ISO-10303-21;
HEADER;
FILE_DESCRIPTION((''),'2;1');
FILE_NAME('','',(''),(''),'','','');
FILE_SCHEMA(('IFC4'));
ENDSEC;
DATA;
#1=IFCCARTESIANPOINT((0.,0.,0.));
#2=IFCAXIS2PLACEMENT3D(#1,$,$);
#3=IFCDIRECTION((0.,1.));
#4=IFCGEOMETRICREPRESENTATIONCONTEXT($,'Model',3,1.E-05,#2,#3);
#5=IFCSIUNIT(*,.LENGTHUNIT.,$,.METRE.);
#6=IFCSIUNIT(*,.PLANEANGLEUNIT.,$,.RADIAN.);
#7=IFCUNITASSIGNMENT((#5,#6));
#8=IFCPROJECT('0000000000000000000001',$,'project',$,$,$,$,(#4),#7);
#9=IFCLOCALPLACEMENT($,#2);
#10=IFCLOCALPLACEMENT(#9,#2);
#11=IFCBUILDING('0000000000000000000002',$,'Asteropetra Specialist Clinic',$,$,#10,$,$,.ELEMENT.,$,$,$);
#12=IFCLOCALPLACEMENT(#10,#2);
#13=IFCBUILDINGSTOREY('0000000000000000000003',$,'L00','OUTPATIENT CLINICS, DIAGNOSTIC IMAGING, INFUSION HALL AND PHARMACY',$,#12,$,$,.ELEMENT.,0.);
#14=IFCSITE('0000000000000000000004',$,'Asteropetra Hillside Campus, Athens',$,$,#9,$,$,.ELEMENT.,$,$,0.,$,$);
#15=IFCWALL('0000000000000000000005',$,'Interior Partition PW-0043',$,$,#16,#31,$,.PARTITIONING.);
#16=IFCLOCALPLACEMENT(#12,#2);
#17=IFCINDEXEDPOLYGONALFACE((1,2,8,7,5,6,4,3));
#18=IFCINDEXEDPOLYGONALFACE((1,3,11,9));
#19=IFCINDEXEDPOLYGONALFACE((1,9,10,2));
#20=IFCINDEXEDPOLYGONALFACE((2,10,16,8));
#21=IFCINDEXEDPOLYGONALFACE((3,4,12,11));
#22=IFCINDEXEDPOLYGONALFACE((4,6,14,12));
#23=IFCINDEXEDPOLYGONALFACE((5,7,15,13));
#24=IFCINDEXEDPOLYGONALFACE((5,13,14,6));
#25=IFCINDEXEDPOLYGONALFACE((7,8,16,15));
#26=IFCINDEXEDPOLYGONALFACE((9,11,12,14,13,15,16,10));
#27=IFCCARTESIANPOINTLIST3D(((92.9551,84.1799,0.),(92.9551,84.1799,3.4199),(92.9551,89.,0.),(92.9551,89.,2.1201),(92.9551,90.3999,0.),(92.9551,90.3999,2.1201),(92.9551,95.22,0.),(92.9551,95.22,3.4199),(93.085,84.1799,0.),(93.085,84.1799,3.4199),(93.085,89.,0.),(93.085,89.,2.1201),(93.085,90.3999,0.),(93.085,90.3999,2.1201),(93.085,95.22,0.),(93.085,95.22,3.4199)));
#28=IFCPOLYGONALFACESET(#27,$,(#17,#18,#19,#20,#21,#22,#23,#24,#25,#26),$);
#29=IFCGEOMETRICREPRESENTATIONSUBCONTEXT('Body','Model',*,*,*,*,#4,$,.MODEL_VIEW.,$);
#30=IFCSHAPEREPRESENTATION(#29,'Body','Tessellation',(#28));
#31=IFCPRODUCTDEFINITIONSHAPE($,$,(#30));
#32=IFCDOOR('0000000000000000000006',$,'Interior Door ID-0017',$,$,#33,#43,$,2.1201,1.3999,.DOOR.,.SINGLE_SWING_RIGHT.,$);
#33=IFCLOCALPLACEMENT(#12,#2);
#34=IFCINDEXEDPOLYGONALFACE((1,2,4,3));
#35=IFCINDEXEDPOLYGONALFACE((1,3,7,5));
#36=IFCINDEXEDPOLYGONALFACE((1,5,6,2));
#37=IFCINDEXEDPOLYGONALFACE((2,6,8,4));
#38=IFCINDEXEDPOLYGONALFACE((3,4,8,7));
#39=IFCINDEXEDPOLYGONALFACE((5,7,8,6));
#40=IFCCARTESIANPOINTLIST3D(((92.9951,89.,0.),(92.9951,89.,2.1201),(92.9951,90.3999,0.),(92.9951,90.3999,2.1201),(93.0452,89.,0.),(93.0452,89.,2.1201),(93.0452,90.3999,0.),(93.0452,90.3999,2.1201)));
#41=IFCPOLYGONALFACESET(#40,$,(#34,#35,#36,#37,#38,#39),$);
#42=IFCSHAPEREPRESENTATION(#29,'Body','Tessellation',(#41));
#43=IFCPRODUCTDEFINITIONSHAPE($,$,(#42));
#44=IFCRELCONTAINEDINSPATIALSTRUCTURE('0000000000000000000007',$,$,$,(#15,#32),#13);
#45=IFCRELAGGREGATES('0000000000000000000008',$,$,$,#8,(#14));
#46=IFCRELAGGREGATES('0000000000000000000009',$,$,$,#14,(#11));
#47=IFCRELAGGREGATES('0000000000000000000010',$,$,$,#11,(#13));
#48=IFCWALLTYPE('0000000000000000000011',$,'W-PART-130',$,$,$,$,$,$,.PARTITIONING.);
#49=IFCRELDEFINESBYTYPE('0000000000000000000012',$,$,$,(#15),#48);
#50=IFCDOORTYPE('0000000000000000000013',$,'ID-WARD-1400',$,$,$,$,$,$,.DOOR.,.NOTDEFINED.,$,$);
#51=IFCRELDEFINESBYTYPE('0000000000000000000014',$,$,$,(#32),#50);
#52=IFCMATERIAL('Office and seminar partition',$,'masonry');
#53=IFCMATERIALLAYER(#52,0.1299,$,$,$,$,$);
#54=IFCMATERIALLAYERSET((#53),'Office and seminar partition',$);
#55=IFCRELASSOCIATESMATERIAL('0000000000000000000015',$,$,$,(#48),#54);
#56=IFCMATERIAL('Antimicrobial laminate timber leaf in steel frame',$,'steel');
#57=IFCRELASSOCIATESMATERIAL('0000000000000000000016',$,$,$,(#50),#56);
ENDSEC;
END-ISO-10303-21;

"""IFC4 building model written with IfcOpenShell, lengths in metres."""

from ifc_helpers import new_model, si_unit, direction, frame, frame_2d, origin, place, context, subcontext, project, spatial, rectangle, extrude, material, layer, layer_set, type_object, element, fill, save


model = new_model("IFC4")

# Units and contexts
model_context = context("Model", 3, precision=1e-05, world=origin(), true_north=direction((0.0, 1.0)))
body_context = subcontext(model_context, "Body", "Model", "MODEL_VIEW")
ifc_project = project(units=[si_unit("LENGTHUNIT", "METRE"), si_unit("PLANEANGLEUNIT", "RADIAN")], contexts=[model_context])

# Site, building, storey
site_placement = place(None, origin())
site = spatial("IfcSite", under=ifc_project, at=site_placement, Name="Asteropetra Hillside Campus, Athens", CompositionType="ELEMENT", RefElevation=0.0)
building_placement = place(site_placement, origin())
building = spatial("IfcBuilding", under=site, at=building_placement, Name="Asteropetra Specialist Clinic", CompositionType="ELEMENT")
storey_placement = place(building_placement, origin())
storey = spatial("IfcBuildingStorey", under=building, at=storey_placement, Name="L00", Description="OUTPATIENT CLINICS, DIAGNOSTIC IMAGING, INFUSION HALL AND PHARMACY", CompositionType="ELEMENT", Elevation=0.0)

# Wall, opening, door
ifc_material_1 = material(Name="Office and seminar partition", Category="masonry")
ifc_layer_1 = layer(ifc_material_1, 0.1299)
ifc_layer_set_1 = layer_set([ifc_layer_1], Name="Office and seminar partition")
wall_type = type_object("IfcWallType", Name="W-PART-130", PredefinedType="PARTITIONING", material=ifc_layer_set_1)
wall_placement = place(storey_placement, frame((93.02, 84.1799, 0.0), z_axis=(0.0, 0.0, 1.0), x_axis=(0.0, 1.0, 0.0)))
wall = element("IfcWall", 1, at=wall_placement, inside=storey, type_object=wall_type, Name="Interior Partition PW-0043", PredefinedType="PARTITIONING", context=body_context, shape_type="SweptSolid", body=[
    extrude(rectangle(XDim=11.04, YDim=0.1299, at=frame_2d((5.52, 0.0))), origin(), (0.0, 0.0, 1.0), 3.4199),
])
opening_placement = place(wall_placement, frame((4.8201, 0.0, 0.0)))
opening = element("IfcOpeningElement", 2, at=opening_placement, cuts=wall, PredefinedType="OPENING", context=body_context, shape_type="SweptSolid", body=[
    extrude(rectangle(XDim=1.3999, YDim=2.1201, at=frame_2d((0.7, 1.0601))), frame((0.0, 0.075, 0.0), z_axis=(0.0, -1.0, 0.0), x_axis=(1.0, 0.0, 0.0)), (0.0, 0.0, 1.0), 0.1499),
])
ifc_material_2 = material(Name="Antimicrobial laminate timber leaf in steel frame", Category="steel")
door_type = type_object("IfcDoorType", Name="ID-WARD-1400", OperationType="NOTDEFINED", PredefinedType="DOOR", material=ifc_material_2)
door_placement = place(opening_placement, origin())
door = element("IfcDoor", 3, at=door_placement, inside=storey, type_object=door_type, Name="Interior Door ID-0017", OperationType="SINGLE_SWING_RIGHT", OverallHeight=2.1201, OverallWidth=1.3999, PredefinedType="DOOR", context=body_context, shape_type="SweptSolid", body=[
    extrude(rectangle(XDim=1.3999, YDim=2.1201, at=frame_2d((0.7, 1.0601))), frame((0.0, 0.0249, 0.0), z_axis=(0.0, -1.0, 0.0), x_axis=(1.0, 0.0, 0.0)), (0.0, 0.0, 1.0), 0.05),
])
fill(opening, door)

save(model, "model.ifc")
